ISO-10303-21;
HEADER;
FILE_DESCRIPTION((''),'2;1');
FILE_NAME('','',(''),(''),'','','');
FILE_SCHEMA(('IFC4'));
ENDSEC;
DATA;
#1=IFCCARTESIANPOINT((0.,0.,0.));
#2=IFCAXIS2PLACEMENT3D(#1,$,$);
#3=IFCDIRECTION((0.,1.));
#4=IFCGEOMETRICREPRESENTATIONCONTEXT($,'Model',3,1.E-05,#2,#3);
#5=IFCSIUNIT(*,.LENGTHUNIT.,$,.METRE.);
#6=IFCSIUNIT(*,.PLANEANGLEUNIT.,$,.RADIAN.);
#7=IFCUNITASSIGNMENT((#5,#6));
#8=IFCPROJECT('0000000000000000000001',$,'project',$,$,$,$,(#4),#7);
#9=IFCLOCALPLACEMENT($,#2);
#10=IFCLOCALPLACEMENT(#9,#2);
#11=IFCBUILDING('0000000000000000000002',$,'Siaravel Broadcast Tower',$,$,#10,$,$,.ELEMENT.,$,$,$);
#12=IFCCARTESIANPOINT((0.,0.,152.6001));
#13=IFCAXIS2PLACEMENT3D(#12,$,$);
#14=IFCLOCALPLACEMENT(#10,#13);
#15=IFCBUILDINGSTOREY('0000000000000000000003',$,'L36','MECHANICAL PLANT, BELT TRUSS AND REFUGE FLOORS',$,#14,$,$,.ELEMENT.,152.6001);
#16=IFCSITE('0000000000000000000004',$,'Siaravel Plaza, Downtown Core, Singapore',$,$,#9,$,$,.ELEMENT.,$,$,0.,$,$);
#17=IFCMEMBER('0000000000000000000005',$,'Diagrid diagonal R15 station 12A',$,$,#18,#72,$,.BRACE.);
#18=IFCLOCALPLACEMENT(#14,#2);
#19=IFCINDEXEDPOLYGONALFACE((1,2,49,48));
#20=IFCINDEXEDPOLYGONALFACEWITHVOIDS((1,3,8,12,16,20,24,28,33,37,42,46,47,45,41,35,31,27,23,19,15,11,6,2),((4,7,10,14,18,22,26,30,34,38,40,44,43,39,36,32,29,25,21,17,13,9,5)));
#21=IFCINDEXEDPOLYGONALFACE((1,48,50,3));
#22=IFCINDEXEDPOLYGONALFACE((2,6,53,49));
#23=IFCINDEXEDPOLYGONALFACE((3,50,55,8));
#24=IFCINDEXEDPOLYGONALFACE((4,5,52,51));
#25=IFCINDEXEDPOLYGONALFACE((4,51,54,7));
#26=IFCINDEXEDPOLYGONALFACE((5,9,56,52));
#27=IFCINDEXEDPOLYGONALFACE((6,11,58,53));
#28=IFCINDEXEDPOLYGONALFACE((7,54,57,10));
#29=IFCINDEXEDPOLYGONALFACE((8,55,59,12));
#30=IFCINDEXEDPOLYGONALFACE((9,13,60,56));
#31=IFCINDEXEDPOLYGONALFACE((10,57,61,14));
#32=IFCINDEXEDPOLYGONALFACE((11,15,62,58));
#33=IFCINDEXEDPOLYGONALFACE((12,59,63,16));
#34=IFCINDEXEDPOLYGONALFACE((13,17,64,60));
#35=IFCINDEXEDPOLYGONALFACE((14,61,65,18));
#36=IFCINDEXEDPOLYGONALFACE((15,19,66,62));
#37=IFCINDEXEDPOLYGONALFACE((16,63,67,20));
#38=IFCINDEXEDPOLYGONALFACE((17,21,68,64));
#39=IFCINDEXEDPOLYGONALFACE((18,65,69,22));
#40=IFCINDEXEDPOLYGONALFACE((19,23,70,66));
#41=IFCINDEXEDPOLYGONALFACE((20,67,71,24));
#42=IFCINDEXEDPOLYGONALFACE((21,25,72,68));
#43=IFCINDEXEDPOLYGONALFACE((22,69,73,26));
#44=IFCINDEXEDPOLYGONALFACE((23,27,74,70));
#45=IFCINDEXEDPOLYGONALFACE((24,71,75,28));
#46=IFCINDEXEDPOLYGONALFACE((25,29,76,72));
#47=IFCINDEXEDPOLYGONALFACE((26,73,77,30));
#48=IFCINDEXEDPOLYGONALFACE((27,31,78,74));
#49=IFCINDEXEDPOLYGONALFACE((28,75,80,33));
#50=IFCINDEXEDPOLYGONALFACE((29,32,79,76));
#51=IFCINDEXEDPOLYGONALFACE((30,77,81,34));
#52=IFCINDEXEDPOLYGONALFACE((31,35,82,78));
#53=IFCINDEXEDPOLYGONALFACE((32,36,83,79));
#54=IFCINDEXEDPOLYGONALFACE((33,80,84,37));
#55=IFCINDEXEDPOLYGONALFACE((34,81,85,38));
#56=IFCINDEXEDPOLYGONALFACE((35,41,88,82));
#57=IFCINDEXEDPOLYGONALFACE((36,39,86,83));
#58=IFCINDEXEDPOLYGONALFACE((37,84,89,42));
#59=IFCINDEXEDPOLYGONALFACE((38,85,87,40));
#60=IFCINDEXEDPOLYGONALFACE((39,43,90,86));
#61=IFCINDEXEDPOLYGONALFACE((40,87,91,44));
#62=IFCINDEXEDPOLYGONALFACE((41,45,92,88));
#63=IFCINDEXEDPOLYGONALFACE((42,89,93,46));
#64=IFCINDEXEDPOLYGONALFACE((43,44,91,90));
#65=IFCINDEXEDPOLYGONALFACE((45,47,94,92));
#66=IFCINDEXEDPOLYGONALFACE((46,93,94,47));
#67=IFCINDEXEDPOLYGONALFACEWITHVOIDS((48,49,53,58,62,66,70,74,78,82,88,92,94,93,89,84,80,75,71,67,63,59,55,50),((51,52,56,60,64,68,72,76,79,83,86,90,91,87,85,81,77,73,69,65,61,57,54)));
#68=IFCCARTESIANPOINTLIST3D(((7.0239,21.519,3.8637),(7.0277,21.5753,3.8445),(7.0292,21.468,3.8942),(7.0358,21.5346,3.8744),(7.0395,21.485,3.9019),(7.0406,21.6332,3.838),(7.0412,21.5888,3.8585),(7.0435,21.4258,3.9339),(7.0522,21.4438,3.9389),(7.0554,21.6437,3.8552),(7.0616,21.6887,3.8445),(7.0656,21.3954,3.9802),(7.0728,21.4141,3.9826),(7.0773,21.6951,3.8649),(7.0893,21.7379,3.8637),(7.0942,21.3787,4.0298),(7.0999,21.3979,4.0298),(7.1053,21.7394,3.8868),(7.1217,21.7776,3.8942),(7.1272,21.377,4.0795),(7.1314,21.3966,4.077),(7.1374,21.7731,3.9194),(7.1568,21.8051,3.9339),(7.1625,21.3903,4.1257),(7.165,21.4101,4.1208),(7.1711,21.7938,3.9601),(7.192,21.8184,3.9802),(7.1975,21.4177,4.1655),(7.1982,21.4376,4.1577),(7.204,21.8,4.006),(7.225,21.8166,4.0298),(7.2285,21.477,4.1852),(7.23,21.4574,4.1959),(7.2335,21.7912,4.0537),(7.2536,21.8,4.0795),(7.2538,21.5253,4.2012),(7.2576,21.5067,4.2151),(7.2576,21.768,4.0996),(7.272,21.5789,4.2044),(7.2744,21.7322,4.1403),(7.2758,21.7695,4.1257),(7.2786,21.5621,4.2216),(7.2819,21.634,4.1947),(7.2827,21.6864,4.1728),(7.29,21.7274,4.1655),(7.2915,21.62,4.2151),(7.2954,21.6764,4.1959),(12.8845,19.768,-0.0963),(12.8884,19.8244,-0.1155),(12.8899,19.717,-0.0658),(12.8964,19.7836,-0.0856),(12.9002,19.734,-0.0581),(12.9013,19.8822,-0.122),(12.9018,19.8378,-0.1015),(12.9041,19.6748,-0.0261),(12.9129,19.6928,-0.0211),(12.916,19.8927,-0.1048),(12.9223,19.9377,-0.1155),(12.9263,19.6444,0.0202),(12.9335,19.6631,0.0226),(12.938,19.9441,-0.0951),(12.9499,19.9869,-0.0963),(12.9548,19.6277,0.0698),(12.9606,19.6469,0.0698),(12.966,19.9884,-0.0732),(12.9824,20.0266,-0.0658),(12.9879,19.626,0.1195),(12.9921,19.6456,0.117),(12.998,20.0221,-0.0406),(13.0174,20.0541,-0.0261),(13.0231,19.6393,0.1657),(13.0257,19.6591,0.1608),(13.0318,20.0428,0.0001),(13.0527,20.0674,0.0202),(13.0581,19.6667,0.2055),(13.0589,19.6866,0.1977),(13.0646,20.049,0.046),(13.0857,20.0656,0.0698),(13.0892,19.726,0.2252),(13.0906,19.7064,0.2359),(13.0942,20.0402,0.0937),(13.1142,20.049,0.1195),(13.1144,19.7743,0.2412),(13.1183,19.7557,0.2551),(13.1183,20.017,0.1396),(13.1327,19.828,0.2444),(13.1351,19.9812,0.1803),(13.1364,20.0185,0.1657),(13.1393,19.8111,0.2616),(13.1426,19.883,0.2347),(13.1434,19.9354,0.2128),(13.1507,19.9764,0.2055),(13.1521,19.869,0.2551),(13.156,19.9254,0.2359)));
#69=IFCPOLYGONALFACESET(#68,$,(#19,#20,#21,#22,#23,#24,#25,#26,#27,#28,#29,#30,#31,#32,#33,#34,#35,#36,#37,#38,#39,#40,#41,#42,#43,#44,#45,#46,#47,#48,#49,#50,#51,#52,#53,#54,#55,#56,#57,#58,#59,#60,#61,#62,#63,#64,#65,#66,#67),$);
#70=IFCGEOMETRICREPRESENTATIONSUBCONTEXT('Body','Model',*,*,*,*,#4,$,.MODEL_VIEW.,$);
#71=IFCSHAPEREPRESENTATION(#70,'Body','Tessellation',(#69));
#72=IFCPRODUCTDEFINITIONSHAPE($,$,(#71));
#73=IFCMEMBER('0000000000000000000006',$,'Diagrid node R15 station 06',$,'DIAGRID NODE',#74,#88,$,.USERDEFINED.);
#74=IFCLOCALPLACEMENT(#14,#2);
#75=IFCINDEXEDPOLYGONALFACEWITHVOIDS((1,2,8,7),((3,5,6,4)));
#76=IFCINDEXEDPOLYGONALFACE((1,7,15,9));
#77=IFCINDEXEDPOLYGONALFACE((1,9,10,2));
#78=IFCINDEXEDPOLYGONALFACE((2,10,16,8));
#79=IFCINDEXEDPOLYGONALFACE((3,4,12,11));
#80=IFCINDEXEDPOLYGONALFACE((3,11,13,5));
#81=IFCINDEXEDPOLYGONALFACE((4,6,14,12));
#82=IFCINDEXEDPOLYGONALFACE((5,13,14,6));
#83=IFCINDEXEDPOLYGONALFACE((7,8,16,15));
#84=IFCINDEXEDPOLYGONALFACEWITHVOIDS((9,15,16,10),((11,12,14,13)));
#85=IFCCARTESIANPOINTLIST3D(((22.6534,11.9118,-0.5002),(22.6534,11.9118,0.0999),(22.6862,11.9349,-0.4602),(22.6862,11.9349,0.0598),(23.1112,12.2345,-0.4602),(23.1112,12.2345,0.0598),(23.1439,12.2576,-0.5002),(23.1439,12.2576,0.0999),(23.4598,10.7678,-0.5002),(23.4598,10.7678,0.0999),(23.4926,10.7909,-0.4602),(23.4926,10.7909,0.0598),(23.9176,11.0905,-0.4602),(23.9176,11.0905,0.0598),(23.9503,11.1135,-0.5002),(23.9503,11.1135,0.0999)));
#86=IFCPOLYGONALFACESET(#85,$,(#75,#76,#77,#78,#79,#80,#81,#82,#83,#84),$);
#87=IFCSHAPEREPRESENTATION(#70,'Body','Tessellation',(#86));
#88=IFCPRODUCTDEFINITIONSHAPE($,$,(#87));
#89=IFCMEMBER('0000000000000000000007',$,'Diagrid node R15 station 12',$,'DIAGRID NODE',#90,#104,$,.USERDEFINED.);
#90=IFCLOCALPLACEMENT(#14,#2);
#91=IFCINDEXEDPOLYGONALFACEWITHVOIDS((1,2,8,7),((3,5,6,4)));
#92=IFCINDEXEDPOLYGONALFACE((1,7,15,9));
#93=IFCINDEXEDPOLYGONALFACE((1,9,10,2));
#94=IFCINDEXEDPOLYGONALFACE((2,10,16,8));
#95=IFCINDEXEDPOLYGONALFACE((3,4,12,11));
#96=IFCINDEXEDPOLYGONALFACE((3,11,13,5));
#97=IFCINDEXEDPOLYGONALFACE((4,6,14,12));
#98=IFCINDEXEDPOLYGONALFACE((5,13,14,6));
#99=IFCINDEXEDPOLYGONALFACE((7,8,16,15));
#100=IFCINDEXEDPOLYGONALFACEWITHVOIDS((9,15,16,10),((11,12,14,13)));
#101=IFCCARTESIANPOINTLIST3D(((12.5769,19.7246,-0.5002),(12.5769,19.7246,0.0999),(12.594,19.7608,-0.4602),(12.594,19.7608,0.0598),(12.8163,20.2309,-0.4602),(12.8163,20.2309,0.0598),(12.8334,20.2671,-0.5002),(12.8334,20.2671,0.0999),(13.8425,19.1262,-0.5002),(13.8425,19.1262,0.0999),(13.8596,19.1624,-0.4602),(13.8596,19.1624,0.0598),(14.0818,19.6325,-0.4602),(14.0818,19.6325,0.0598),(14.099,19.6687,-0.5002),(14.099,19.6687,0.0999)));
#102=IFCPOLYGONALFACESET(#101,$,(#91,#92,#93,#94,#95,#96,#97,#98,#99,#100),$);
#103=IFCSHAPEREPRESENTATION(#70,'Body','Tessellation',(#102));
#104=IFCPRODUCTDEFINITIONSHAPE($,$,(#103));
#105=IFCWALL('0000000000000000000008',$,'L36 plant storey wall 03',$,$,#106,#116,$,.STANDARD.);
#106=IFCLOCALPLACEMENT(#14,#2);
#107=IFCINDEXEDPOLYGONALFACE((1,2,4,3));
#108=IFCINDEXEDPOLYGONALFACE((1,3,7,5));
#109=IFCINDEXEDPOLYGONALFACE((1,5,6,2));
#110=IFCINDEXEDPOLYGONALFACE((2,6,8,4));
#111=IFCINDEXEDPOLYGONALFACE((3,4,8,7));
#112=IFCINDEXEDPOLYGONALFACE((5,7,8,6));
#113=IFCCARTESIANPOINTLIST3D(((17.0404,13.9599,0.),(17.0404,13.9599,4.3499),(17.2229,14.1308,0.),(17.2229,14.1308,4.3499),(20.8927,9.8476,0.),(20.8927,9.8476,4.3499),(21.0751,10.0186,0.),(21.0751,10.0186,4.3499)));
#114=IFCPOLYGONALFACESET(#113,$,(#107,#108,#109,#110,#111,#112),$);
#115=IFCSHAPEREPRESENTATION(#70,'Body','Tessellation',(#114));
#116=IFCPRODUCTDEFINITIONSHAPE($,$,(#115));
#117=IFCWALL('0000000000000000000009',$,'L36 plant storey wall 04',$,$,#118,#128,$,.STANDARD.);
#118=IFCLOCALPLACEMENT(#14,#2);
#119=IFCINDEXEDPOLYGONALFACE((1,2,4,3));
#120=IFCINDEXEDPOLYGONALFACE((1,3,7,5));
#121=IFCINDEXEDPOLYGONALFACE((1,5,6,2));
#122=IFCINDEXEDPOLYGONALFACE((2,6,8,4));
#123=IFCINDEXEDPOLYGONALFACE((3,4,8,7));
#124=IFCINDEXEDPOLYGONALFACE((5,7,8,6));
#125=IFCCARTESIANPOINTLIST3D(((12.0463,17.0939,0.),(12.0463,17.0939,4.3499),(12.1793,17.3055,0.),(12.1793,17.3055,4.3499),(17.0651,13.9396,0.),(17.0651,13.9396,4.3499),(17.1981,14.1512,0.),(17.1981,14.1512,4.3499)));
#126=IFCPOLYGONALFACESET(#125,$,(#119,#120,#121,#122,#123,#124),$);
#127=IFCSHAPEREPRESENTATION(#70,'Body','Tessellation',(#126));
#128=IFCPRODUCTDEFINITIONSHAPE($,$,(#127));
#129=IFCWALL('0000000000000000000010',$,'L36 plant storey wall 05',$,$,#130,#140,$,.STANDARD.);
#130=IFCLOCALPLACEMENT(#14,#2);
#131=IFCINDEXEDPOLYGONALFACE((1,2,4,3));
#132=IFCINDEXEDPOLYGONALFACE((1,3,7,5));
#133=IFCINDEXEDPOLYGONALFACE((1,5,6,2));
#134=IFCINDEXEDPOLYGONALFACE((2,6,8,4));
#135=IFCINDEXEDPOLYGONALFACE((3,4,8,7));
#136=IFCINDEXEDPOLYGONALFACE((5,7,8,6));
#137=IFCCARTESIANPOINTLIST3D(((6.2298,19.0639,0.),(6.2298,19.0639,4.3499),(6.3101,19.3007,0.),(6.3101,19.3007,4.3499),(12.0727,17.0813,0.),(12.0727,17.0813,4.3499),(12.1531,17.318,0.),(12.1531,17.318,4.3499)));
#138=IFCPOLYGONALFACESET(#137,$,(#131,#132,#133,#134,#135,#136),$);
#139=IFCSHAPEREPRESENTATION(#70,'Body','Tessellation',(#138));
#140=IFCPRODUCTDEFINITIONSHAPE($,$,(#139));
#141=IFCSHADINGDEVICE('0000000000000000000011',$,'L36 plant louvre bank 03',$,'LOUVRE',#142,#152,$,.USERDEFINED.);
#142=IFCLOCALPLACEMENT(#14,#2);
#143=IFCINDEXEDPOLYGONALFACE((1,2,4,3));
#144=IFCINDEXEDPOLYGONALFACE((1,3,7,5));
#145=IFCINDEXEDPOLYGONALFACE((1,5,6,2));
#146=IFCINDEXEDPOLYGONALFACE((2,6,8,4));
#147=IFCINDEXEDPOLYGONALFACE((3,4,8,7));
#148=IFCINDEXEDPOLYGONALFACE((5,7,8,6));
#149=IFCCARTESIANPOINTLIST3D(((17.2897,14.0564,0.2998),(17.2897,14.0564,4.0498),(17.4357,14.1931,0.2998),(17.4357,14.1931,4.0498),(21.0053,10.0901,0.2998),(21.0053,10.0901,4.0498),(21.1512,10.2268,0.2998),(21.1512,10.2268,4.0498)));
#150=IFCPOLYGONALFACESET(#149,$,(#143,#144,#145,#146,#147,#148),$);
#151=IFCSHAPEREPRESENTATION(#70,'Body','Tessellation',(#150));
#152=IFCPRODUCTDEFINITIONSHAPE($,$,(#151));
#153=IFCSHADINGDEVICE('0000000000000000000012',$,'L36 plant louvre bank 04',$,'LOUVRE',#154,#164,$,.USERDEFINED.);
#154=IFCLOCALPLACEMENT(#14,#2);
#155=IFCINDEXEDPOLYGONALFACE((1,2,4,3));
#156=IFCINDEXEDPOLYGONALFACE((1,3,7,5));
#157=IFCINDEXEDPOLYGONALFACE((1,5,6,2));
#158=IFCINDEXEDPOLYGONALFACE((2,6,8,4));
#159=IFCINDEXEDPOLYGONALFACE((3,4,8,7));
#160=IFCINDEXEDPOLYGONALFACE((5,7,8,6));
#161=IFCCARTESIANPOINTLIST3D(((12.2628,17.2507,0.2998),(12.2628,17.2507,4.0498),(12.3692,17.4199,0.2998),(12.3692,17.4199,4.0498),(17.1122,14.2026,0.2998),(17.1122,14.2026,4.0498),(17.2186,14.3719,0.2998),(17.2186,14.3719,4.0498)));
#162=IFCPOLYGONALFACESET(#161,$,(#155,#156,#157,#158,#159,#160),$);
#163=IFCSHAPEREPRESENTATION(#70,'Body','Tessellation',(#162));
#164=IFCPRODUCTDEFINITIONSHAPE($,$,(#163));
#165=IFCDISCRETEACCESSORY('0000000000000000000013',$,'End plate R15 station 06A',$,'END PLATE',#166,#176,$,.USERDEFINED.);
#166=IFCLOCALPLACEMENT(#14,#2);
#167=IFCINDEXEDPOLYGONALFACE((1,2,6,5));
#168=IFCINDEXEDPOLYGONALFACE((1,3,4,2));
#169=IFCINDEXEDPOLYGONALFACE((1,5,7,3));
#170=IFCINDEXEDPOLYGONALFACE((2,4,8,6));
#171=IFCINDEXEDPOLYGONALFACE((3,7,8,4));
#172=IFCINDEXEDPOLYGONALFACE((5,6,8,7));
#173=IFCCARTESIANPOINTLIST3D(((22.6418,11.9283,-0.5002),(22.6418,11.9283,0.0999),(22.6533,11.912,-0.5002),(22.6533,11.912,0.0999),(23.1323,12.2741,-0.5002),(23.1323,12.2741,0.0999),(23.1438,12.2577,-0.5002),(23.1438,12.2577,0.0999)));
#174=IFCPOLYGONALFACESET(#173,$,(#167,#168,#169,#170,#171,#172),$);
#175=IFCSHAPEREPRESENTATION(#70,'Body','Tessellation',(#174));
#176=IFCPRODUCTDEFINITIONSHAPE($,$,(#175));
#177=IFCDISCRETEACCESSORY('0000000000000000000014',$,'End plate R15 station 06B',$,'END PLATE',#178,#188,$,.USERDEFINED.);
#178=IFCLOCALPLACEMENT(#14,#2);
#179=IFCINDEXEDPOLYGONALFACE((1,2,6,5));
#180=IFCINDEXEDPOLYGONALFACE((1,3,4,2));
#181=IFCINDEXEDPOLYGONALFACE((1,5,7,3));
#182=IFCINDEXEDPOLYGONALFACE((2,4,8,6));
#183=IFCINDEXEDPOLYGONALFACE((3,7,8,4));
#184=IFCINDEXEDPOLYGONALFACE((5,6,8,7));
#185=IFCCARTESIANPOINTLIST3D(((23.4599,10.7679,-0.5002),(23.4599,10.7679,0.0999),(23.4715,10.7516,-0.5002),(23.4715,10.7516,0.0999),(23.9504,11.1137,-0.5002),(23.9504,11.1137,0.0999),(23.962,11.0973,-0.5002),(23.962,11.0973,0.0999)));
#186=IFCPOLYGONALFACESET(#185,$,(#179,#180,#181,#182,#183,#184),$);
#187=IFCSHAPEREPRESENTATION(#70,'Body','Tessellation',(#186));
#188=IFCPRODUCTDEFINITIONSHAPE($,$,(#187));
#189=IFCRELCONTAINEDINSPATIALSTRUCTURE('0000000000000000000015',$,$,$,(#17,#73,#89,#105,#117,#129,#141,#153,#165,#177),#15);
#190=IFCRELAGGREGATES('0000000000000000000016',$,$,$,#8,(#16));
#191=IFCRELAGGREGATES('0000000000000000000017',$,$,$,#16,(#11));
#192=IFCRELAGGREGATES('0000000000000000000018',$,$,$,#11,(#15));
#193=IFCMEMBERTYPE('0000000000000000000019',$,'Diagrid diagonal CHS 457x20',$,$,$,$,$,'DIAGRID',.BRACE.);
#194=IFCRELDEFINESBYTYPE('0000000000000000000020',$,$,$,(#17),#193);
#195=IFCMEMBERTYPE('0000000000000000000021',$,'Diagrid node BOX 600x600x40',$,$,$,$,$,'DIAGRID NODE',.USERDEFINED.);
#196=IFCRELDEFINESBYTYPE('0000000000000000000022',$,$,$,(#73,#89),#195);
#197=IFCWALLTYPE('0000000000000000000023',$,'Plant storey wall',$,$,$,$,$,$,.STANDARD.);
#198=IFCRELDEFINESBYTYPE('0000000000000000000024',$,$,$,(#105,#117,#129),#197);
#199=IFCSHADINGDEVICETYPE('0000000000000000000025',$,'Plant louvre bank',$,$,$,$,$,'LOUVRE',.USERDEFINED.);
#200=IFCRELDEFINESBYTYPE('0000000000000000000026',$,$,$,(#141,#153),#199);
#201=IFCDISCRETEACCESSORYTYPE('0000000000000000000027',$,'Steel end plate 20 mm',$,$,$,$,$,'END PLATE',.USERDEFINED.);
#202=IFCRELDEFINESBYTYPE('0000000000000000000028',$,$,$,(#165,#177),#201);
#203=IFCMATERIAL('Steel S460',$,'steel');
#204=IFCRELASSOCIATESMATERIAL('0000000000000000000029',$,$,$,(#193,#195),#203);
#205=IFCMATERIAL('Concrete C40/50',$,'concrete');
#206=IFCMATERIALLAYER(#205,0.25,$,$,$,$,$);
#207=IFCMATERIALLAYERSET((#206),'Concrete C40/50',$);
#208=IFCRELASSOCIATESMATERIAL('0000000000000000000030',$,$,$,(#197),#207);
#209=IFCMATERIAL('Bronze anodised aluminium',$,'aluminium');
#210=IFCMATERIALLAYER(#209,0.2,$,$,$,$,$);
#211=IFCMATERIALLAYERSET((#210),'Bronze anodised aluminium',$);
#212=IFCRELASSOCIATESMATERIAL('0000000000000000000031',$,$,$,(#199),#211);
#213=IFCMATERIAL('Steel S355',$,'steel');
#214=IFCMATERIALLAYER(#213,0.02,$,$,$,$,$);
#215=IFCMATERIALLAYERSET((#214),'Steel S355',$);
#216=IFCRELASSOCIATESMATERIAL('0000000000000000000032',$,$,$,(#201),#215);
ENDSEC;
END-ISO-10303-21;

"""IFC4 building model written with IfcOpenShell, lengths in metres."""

from ifc_helpers import new_model, si_unit, direction, frame, frame_2d, origin, origin_2d, place, context, subcontext, project, spatial, rectangle, hollow_rectangle, hollow_circle, extrude, material, layer, layer_set, material_profile, profile_set, type_object, element, save


model = new_model("IFC4")

# Units and contexts
model_context = context("Model", 3, precision=1e-05, world=origin(), true_north=direction((0.0, 1.0)))
body_context = subcontext(model_context, "Body", "Model", "MODEL_VIEW")
ifc_project = project(units=[si_unit("LENGTHUNIT", "METRE"), si_unit("PLANEANGLEUNIT", "RADIAN")], contexts=[model_context])

# Site, building, storey
site_placement = place(None, origin())
site = spatial("IfcSite", under=ifc_project, at=site_placement, Name="Siaravel Plaza, Downtown Core, Singapore", CompositionType="ELEMENT", RefElevation=0.0)
building_placement = place(site_placement, origin())
building = spatial("IfcBuilding", under=site, at=building_placement, Name="Siaravel Broadcast Tower", CompositionType="ELEMENT")
storey_placement = place(building_placement, frame((0.0, 0.0, 152.6001)))
storey = spatial("IfcBuildingStorey", under=building, at=storey_placement, Name="L36", Description="MECHANICAL PLANT, BELT TRUSS AND REFUGE FLOORS", CompositionType="ELEMENT", Elevation=152.6001)

# Shared definitions
ifc_material_1 = material(Name="Steel S355", Category="steel")
ifc_material_2 = material(Name="Steel S460", Category="steel")

# Members
ifc_material_profile_1 = material_profile(ifc_material_2, hollow_circle(Radius=0.2285, WallThickness=0.02, at=origin_2d()))
ifc_profile_set_1 = profile_set([ifc_material_profile_1], Name="Steel S460")
member_type_1 = type_object("IfcMemberType", Name="Diagrid diagonal CHS 457x20", ElementType="DIAGRID", PredefinedType="BRACE", material=ifc_profile_set_1)
member_1_placement = place(storey_placement, frame((13.0203, 19.8467, 0.0698), z_axis=(-0.804303, 0.240303, 0.543462), x_axis=(-0.286267, -0.95815, 0.0)))
element("IfcMember", 1, at=member_1_placement, inside=storey, type_object=member_type_1, Name="Diagrid diagonal R15 station 12A", PredefinedType="BRACE", context=body_context, shape_type="SweptSolid", body=[
    extrude(hollow_circle(Radius=0.2285, WallThickness=0.02, at=origin_2d()), origin(), (0.0, 0.0, 1.0), 7.2866),
])
ifc_material_profile_2 = material_profile(ifc_material_2, hollow_rectangle(XDim=0.6001, YDim=0.6001, WallThickness=0.04, at=origin_2d()))
ifc_profile_set_2 = profile_set([ifc_material_profile_2], Name="Steel S460")
member_type_2 = type_object("IfcMemberType", Name="Diagrid node BOX 600x600x40", ElementType="DIAGRID NODE", PredefinedType="USERDEFINED", material=ifc_profile_set_2)
member_2_placement = place(storey_placement, frame((23.7051, 10.9407, -0.2002), z_axis=(-0.576128, 0.817359, 0.0), x_axis=(-0.817359, -0.576128, 0.0)))
element("IfcMember", 2, at=member_2_placement, inside=storey, type_object=member_type_2, Name="Diagrid node R15 station 06", ObjectType="DIAGRID NODE", PredefinedType="USERDEFINED", context=body_context, shape_type="SweptSolid", body=[
    extrude(hollow_rectangle(XDim=0.6001, YDim=0.6001, WallThickness=0.04, at=origin_2d()), origin(), (0.0, 0.0, 1.0), 1.3997),
])
member_3_placement = place(storey_placement, frame((13.9707, 19.3975, -0.2002), z_axis=(-0.904047, 0.427434, 0.0), x_axis=(-0.427434, -0.904047, 0.0)))
element("IfcMember", 3, at=member_3_placement, inside=storey, type_object=member_type_2, Name="Diagrid node R15 station 12", ObjectType="DIAGRID NODE", PredefinedType="USERDEFINED", context=body_context, shape_type="SweptSolid", body=[
    extrude(hollow_rectangle(XDim=0.6001, YDim=0.6001, WallThickness=0.04, at=origin_2d()), origin(), (0.0, 0.0, 1.0), 1.3999),
])

# Walls
ifc_material_3 = material(Name="Concrete C40/50", Category="concrete")
ifc_layer_1 = layer(ifc_material_3, 0.25)
ifc_layer_set_1 = layer_set([ifc_layer_1], Name="Concrete C40/50")
wall_type = type_object("IfcWallType", Name="Plant storey wall", PredefinedType="STANDARD", material=ifc_layer_set_1)
wall_1_placement = place(storey_placement, frame((20.9839, 9.9331, 0.0), z_axis=(0.0, 0.0, 1.0), x_axis=(-0.683659, 0.729802, 0.0)))
element("IfcWall", 4, at=wall_1_placement, inside=storey, type_object=wall_type, Name="L36 plant storey wall 03", PredefinedType="STANDARD", context=body_context, shape_type="SweptSolid", body=[
    extrude(rectangle(XDim=5.6348, YDim=0.25, at=frame_2d((2.8174, 0.0))), origin(), (0.0, 0.0, 1.0), 4.3499),
])
wall_2_placement = place(storey_placement, frame((17.1316, 14.0454, 0.0), z_axis=(0.0, 0.0, 1.0), x_axis=(-0.846665, 0.532126, 0.0)))
element("IfcWall", 5, at=wall_2_placement, inside=storey, type_object=wall_type, Name="L36 plant storey wall 04", PredefinedType="STANDARD", context=body_context, shape_type="SweptSolid", body=[
    extrude(rectangle(XDim=5.9277, YDim=0.25, at=frame_2d((2.9639, 0.0))), origin(), (0.0, 0.0, 1.0), 4.3499),
])
wall_3_placement = place(storey_placement, frame((12.1128, 17.1997, 0.0), z_axis=(0.0, 0.0, 1.0), x_axis=(-0.946968, 0.321327, 0.0)))
element("IfcWall", 6, at=wall_3_placement, inside=storey, type_object=wall_type, Name="L36 plant storey wall 05", PredefinedType="STANDARD", context=body_context, shape_type="SweptSolid", body=[
    extrude(rectangle(XDim=6.1702, YDim=0.25, at=frame_2d((3.085, 0.0))), origin(), (0.0, 0.0, 1.0), 4.3499),
])

# Shading devices
ifc_material_4 = material(Name="Bronze anodised aluminium", Category="aluminium")
ifc_layer_2 = layer(ifc_material_4, 0.2)
ifc_layer_set_2 = layer_set([ifc_layer_2], Name="Bronze anodised aluminium")
shading_device_type = type_object("IfcShadingDeviceType", Name="Plant louvre bank", ElementType="LOUVRE", PredefinedType="USERDEFINED", material=ifc_layer_set_2)
shading_device_1_placement = place(storey_placement, frame((19.2205, 12.1416, 0.2998), z_axis=(0.0, 0.0, 1.0), x_axis=(-0.683655, 0.729806, 0.0)))
element("IfcShadingDevice", 7, at=shading_device_1_placement, inside=storey, type_object=shading_device_type, Name="L36 plant louvre bank 03", ObjectType="LOUVRE", PredefinedType="USERDEFINED", context=body_context, shape_type="SweptSolid", body=[
    extrude(rectangle(XDim=5.4348, YDim=0.2, at=origin_2d()), origin(), (0.0, 0.0, 1.0), 3.75),
])
shading_device_2_placement = place(storey_placement, frame((14.7407, 15.8113, 0.2998), z_axis=(0.0, 0.0, 1.0), x_axis=(-0.84665, 0.532149, 0.0)))
element("IfcShadingDevice", 8, at=shading_device_2_placement, inside=storey, type_object=shading_device_type, Name="L36 plant louvre bank 04", ObjectType="LOUVRE", PredefinedType="USERDEFINED", context=body_context, shape_type="SweptSolid", body=[
    extrude(rectangle(XDim=5.7278, YDim=0.2, at=origin_2d()), origin(), (0.0, 0.0, 1.0), 3.75),
])

# Discrete accessories
ifc_layer_3 = layer(ifc_material_1, 0.02)
ifc_layer_set_3 = layer_set([ifc_layer_3], Name="Steel S355")
discrete_accessory_type = type_object("IfcDiscreteAccessoryType", Name="Steel end plate 20 mm", ElementType="END PLATE", PredefinedType="USERDEFINED", material=ifc_layer_set_3)
for number, where, z_axis, x_axis, name in (
    (9, (22.8928, 12.093, -0.5002), (0.0, 0.0, 1.0), (-0.576119, 0.817366, 0.0), "End plate R15 station 06A"),
    (10, (23.7109, 10.9326, -0.5002), (0.0, 0.0, 1.0), (-0.576119, 0.817366, 0.0), "End plate R15 station 06B"),
):
    element("IfcDiscreteAccessory", number, at=place(storey_placement, frame(where, z_axis=z_axis, x_axis=x_axis)), inside=storey, type_object=discrete_accessory_type, Name=name, ObjectType="END PLATE", PredefinedType="USERDEFINED", context=body_context, shape_type="SweptSolid", body=[
        extrude(rectangle(XDim=0.02, YDim=0.6001, at=origin_2d()), origin(), (0.0, 0.0, 1.0), 0.6001),
    ])

save(model, "model.ifc")
